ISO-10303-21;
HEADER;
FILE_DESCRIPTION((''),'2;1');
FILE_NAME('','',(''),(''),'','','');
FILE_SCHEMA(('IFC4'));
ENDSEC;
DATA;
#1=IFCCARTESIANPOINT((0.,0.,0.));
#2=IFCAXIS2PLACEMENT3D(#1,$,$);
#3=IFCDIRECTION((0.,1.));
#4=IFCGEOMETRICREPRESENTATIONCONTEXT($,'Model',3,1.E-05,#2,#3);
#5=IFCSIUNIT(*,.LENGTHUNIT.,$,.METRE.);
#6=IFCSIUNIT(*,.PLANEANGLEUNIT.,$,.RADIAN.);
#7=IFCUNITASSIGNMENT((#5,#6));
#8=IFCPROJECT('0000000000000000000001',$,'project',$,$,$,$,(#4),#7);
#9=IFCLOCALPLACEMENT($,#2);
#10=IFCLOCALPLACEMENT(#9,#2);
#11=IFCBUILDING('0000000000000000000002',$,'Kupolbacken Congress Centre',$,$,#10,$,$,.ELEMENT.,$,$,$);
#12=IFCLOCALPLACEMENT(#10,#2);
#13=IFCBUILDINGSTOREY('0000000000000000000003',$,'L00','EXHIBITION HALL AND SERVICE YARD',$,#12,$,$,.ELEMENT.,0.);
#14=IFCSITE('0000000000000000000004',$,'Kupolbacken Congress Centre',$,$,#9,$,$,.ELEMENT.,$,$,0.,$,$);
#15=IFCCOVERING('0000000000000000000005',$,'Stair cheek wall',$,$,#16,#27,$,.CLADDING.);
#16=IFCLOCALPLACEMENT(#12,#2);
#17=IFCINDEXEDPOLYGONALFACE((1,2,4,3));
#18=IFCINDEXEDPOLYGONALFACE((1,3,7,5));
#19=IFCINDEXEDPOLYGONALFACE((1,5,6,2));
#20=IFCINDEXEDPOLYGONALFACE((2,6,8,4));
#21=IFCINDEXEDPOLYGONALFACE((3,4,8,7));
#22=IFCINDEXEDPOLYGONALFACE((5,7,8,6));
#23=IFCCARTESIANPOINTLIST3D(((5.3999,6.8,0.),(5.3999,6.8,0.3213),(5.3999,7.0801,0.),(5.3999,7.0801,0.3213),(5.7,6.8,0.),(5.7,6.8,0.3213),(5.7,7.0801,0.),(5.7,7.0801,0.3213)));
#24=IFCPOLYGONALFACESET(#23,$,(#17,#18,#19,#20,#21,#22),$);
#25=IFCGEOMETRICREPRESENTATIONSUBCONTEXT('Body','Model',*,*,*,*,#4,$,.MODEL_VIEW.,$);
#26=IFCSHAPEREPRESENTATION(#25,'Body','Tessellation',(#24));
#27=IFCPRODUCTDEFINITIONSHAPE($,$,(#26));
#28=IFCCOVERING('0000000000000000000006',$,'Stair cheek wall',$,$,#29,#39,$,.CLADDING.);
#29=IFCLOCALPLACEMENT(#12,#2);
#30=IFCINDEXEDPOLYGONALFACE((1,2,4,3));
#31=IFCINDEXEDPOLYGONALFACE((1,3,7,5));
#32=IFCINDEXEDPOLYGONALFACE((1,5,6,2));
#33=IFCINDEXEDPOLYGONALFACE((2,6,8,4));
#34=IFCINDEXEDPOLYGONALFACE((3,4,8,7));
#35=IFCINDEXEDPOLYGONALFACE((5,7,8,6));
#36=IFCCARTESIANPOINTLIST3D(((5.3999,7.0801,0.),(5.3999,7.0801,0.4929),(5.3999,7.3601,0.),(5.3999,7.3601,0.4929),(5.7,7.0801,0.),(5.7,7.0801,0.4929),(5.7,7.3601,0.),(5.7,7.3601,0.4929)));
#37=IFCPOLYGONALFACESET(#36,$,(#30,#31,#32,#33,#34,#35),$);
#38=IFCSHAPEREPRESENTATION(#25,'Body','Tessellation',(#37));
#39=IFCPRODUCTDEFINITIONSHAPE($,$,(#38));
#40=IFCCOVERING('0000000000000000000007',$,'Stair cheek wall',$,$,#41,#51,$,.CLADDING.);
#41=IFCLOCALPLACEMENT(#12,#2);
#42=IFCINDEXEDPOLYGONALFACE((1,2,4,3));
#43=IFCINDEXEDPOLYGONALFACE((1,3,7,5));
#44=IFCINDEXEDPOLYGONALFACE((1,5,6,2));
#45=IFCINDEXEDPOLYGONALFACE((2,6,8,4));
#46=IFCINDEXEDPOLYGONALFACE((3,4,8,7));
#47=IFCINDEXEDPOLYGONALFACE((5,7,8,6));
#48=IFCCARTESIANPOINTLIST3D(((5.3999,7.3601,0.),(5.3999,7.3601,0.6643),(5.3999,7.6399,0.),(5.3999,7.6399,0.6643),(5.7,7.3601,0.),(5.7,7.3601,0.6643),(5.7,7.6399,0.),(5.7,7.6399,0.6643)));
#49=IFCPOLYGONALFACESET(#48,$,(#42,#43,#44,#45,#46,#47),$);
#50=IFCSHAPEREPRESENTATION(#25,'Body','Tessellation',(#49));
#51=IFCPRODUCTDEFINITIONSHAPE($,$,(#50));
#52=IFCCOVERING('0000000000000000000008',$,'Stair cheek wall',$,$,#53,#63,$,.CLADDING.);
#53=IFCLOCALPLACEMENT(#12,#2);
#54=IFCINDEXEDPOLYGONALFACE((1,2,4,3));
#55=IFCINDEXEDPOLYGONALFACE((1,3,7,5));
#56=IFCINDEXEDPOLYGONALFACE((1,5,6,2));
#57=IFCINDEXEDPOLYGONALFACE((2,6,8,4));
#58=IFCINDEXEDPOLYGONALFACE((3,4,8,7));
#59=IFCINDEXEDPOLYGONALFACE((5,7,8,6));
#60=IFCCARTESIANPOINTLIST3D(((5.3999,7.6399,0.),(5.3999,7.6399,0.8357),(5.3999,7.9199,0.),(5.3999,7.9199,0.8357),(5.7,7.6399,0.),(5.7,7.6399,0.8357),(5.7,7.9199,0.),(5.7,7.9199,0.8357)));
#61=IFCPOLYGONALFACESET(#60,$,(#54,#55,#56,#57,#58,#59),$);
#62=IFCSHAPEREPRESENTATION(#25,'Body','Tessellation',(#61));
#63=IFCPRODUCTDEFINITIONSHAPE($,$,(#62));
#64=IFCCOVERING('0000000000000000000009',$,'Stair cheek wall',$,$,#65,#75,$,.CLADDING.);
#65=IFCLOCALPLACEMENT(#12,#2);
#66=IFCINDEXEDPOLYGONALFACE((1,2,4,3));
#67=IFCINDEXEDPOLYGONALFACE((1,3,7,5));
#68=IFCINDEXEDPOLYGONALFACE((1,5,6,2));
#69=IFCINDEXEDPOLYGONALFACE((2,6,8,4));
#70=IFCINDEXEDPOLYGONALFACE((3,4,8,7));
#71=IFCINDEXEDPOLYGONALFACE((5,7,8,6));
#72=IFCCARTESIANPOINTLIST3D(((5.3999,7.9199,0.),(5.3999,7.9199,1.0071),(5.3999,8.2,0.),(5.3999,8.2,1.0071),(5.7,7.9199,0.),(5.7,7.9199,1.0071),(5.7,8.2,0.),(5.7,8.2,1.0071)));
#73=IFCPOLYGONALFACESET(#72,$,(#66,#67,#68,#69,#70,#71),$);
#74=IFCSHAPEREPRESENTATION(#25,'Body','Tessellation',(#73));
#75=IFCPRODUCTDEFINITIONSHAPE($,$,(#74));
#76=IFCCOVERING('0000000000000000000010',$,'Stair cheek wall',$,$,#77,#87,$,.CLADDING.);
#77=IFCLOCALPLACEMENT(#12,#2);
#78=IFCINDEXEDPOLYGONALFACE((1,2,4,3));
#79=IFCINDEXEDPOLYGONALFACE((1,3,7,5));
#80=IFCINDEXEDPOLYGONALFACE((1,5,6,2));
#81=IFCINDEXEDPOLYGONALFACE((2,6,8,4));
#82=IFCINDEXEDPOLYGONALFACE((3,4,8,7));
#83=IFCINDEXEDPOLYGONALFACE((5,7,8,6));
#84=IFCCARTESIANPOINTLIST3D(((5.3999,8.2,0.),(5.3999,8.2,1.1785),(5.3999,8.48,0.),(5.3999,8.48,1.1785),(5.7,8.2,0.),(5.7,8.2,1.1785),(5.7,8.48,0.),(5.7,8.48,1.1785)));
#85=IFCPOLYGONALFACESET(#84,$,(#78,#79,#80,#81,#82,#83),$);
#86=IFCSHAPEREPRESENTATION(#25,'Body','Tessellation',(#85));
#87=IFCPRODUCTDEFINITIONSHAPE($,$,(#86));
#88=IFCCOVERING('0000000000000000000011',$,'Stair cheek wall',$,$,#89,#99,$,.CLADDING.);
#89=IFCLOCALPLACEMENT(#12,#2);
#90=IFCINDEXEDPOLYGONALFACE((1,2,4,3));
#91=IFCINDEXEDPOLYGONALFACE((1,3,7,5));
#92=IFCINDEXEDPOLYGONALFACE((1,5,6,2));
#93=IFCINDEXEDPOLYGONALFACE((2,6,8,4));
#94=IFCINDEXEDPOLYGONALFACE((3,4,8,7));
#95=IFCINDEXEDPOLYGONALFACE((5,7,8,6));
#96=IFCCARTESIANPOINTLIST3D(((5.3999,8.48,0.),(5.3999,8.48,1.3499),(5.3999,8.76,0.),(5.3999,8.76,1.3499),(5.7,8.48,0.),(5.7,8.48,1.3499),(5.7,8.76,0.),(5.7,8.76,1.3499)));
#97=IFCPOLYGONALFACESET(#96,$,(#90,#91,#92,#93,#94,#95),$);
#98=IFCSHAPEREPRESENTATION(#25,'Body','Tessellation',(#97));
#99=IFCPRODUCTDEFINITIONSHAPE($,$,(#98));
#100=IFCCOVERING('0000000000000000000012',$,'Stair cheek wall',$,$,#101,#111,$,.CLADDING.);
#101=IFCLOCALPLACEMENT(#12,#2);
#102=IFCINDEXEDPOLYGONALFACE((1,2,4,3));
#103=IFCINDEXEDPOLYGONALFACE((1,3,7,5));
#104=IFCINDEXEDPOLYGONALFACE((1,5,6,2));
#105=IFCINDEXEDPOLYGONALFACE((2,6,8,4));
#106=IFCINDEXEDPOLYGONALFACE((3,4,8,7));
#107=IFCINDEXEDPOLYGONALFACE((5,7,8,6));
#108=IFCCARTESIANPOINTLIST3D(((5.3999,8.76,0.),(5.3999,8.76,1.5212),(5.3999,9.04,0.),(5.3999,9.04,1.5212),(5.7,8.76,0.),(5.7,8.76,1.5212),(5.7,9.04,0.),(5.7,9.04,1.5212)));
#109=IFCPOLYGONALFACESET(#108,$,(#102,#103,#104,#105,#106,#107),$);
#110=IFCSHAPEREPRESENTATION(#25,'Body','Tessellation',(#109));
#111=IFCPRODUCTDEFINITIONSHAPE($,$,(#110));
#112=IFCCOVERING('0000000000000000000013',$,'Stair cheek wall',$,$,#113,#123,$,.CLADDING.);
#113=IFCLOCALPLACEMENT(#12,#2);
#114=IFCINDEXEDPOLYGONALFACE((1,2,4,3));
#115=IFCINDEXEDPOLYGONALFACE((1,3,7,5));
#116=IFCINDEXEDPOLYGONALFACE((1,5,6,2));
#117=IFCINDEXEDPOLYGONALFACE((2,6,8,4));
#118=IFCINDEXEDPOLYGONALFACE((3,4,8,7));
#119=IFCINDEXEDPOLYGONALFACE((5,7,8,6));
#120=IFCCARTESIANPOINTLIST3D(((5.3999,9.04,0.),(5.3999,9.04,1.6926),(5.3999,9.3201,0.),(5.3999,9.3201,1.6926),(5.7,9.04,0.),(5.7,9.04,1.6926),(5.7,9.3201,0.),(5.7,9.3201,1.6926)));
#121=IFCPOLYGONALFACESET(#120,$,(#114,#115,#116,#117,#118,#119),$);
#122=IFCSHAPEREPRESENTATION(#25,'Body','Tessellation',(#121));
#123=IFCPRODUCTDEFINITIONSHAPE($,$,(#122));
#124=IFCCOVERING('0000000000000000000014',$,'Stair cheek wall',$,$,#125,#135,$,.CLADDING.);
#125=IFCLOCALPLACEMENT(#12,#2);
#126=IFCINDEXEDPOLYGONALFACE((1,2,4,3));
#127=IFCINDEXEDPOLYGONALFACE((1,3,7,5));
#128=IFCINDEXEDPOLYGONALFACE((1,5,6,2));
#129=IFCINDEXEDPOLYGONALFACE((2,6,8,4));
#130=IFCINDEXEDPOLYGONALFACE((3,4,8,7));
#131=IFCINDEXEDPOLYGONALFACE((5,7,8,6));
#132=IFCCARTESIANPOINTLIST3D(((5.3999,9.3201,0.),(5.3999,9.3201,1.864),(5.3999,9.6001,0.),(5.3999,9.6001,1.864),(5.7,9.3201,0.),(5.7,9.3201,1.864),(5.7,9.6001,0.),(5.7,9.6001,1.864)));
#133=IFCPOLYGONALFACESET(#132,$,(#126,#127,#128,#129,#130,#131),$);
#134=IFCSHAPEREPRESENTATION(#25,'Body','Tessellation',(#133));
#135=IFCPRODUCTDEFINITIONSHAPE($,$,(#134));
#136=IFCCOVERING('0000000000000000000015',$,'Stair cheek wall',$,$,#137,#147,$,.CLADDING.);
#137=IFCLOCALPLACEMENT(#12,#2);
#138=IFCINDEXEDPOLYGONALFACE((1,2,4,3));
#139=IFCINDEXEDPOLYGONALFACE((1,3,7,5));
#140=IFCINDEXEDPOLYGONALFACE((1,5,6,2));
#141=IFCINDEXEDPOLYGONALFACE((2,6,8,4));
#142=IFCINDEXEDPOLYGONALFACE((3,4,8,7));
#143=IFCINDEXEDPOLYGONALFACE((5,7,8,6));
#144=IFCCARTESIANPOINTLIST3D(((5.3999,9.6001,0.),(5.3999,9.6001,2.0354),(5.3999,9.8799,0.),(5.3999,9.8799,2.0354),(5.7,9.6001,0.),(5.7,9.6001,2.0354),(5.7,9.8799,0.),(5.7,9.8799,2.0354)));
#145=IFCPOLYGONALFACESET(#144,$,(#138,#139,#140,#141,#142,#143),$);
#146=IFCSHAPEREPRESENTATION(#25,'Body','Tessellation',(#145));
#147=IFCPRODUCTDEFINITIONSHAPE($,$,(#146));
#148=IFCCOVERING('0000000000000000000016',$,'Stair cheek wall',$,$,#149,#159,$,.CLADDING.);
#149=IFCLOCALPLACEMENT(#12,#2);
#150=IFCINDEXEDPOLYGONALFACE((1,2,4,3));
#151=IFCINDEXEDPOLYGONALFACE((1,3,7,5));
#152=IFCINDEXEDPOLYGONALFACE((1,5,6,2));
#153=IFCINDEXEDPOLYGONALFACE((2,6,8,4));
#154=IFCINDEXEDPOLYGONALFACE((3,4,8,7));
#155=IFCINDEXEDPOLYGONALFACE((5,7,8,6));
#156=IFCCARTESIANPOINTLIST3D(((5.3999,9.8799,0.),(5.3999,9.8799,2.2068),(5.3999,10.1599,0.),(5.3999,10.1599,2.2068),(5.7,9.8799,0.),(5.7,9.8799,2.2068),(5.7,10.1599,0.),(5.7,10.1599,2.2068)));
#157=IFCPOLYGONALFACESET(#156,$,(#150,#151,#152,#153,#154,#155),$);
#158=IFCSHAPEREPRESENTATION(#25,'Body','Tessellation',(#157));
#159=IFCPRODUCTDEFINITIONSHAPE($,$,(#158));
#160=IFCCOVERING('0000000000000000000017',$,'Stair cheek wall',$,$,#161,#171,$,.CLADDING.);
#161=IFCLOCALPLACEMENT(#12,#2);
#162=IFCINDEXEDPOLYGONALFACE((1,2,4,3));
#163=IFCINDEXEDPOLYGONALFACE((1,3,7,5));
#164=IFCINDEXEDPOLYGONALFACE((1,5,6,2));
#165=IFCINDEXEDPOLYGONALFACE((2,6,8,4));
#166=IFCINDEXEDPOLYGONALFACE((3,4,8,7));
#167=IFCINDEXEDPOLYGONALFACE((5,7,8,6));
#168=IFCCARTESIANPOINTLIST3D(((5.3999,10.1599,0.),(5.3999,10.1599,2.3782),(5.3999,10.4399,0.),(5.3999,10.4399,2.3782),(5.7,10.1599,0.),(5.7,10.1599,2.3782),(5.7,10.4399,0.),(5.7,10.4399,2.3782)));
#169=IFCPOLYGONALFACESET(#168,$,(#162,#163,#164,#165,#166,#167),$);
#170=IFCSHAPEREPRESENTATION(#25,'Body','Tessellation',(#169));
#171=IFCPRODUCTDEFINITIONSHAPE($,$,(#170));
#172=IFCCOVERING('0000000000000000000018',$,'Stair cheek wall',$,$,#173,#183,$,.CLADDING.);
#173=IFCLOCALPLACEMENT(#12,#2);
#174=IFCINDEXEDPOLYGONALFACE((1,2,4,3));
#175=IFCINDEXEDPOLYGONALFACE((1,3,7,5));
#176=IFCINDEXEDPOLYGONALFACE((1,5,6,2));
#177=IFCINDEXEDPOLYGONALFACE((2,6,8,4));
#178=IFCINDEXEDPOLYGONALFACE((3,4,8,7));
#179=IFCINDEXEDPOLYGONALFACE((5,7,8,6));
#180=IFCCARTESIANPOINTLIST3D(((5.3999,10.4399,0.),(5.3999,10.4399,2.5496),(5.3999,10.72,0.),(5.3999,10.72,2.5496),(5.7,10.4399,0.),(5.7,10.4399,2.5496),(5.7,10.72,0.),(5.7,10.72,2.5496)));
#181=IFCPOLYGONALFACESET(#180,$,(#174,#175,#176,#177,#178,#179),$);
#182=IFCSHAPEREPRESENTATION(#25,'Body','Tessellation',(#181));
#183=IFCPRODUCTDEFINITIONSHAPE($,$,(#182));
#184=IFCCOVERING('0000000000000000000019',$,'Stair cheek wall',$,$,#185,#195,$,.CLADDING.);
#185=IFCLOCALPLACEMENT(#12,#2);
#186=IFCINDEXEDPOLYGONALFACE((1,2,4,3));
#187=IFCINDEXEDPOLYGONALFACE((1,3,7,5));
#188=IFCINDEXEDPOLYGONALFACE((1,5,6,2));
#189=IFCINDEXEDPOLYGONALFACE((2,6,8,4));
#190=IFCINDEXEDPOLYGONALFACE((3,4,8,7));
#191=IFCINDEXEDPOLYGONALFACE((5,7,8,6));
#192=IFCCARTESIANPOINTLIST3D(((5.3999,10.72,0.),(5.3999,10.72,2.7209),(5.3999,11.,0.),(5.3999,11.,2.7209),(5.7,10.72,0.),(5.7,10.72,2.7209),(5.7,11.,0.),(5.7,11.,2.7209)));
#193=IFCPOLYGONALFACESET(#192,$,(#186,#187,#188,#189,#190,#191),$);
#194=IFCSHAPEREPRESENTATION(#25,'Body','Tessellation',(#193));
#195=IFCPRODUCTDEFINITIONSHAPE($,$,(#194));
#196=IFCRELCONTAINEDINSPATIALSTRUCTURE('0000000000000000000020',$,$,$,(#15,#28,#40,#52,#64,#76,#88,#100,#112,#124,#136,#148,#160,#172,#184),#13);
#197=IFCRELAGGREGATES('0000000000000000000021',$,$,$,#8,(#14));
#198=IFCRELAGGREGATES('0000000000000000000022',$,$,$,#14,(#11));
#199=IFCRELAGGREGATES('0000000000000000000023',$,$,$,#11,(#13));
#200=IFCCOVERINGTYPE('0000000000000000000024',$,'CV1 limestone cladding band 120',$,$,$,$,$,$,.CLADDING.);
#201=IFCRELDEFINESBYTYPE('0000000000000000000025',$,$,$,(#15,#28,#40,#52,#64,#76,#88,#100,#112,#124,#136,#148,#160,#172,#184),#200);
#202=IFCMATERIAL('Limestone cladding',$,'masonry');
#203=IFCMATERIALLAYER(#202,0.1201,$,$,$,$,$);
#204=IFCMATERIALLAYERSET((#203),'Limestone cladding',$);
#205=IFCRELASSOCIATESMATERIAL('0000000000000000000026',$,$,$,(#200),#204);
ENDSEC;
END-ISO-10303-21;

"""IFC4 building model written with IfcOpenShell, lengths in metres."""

from ifc_helpers import new_model, si_unit, direction, origin, place, context, subcontext, project, spatial, polyline, outline, extrude, material, layer, layer_set, type_object, element, save


model = new_model("IFC4")

# Units and contexts
model_context = context("Model", 3, precision=1e-05, world=origin(), true_north=direction((0.0, 1.0)))
body_context = subcontext(model_context, "Body", "Model", "MODEL_VIEW")
ifc_project = project(units=[si_unit("LENGTHUNIT", "METRE"), si_unit("PLANEANGLEUNIT", "RADIAN")], contexts=[model_context])

# Site, building, storey
site_placement = place(None, origin())
site = spatial("IfcSite", under=ifc_project, at=site_placement, Name="Kupolbacken Congress Centre", CompositionType="ELEMENT", RefElevation=0.0)
building_placement = place(site_placement, origin())
building = spatial("IfcBuilding", under=site, at=building_placement, Name="Kupolbacken Congress Centre", CompositionType="ELEMENT")
storey_placement = place(building_placement, origin())
storey = spatial("IfcBuildingStorey", under=building, at=storey_placement, Name="L00", Description="EXHIBITION HALL AND SERVICE YARD", CompositionType="ELEMENT", Elevation=0.0)

# Coverings
ifc_material_1 = material(Name="Limestone cladding", Category="masonry")
ifc_layer_1 = layer(ifc_material_1, 0.1201)
ifc_layer_set_1 = layer_set([ifc_layer_1], Name="Limestone cladding")
covering_type_1 = type_object("IfcCoveringType", Name="CV1 limestone cladding band 120", PredefinedType="CLADDING", material=ifc_layer_set_1)
covering_1_placement = place(storey_placement, origin())
element("IfcCovering", 1, at=covering_1_placement, inside=storey, type_object=covering_type_1, Name="Stair cheek wall", PredefinedType="CLADDING", context=body_context, shape_type="SweptSolid", body=[
    extrude(outline(polyline([(5.3999, 6.8), (5.3999, 7.0801), (5.7, 7.0801), (5.7, 6.8), (5.3999, 6.8)])), origin(), (0.0, 0.0, 1.0), 0.3213),
])
covering_2_placement = place(storey_placement, origin())
element("IfcCovering", 2, at=covering_2_placement, inside=storey, type_object=covering_type_1, Name="Stair cheek wall", PredefinedType="CLADDING", context=body_context, shape_type="SweptSolid", body=[
    extrude(outline(polyline([(5.3999, 7.0801), (5.3999, 7.3601), (5.7, 7.3601), (5.7, 7.0801), (5.3999, 7.0801)])), origin(), (0.0, 0.0, 1.0), 0.4929),
])
covering_3_placement = place(storey_placement, origin())
element("IfcCovering", 3, at=covering_3_placement, inside=storey, type_object=covering_type_1, Name="Stair cheek wall", PredefinedType="CLADDING", context=body_context, shape_type="SweptSolid", body=[
    extrude(outline(polyline([(5.3999, 7.3601), (5.3999, 7.6399), (5.7, 7.6399), (5.7, 7.3601), (5.3999, 7.3601)])), origin(), (0.0, 0.0, 1.0), 0.6643),
])
covering_4_placement = place(storey_placement, origin())
element("IfcCovering", 4, at=covering_4_placement, inside=storey, type_object=covering_type_1, Name="Stair cheek wall", PredefinedType="CLADDING", context=body_context, shape_type="SweptSolid", body=[
    extrude(outline(polyline([(5.3999, 7.6399), (5.3999, 7.9199), (5.7, 7.9199), (5.7, 7.6399), (5.3999, 7.6399)])), origin(), (0.0, 0.0, 1.0), 0.8357),
])
covering_5_placement = place(storey_placement, origin())
element("IfcCovering", 5, at=covering_5_placement, inside=storey, type_object=covering_type_1, Name="Stair cheek wall", PredefinedType="CLADDING", context=body_context, shape_type="SweptSolid", body=[
    extrude(outline(polyline([(5.3999, 7.9199), (5.3999, 8.2), (5.7, 8.2), (5.7, 7.9199), (5.3999, 7.9199)])), origin(), (0.0, 0.0, 1.0), 1.0071),
])
covering_6_placement = place(storey_placement, origin())
element("IfcCovering", 6, at=covering_6_placement, inside=storey, type_object=covering_type_1, Name="Stair cheek wall", PredefinedType="CLADDING", context=body_context, shape_type="SweptSolid", body=[
    extrude(outline(polyline([(5.3999, 8.2), (5.3999, 8.48), (5.7, 8.48), (5.7, 8.2), (5.3999, 8.2)])), origin(), (0.0, 0.0, 1.0), 1.1785),
])
covering_7_placement = place(storey_placement, origin())
element("IfcCovering", 7, at=covering_7_placement, inside=storey, type_object=covering_type_1, Name="Stair cheek wall", PredefinedType="CLADDING", context=body_context, shape_type="SweptSolid", body=[
    extrude(outline(polyline([(5.3999, 8.48), (5.3999, 8.76), (5.7, 8.76), (5.7, 8.48), (5.3999, 8.48)])), origin(), (0.0, 0.0, 1.0), 1.3499),
])
covering_8_placement = place(storey_placement, origin())
element("IfcCovering", 8, at=covering_8_placement, inside=storey, type_object=covering_type_1, Name="Stair cheek wall", PredefinedType="CLADDING", context=body_context, shape_type="SweptSolid", body=[
    extrude(outline(polyline([(5.3999, 8.76), (5.3999, 9.04), (5.7, 9.04), (5.7, 8.76), (5.3999, 8.76)])), origin(), (0.0, 0.0, 1.0), 1.5212),
])
covering_9_placement = place(storey_placement, origin())
element("IfcCovering", 9, at=covering_9_placement, inside=storey, type_object=covering_type_1, Name="Stair cheek wall", PredefinedType="CLADDING", context=body_context, shape_type="SweptSolid", body=[
    extrude(outline(polyline([(5.3999, 9.04), (5.3999, 9.3201), (5.7, 9.3201), (5.7, 9.04), (5.3999, 9.04)])), origin(), (0.0, 0.0, 1.0), 1.6926),
])
covering_10_placement = place(storey_placement, origin())
element("IfcCovering", 10, at=covering_10_placement, inside=storey, type_object=covering_type_1, Name="Stair cheek wall", PredefinedType="CLADDING", context=body_context, shape_type="SweptSolid", body=[
    extrude(outline(polyline([(5.3999, 9.3201), (5.3999, 9.6001), (5.7, 9.6001), (5.7, 9.3201), (5.3999, 9.3201)])), origin(), (0.0, 0.0, 1.0), 1.864),
])
covering_11_placement = place(storey_placement, origin())
element("IfcCovering", 11, at=covering_11_placement, inside=storey, type_object=covering_type_1, Name="Stair cheek wall", PredefinedType="CLADDING", context=body_context, shape_type="SweptSolid", body=[
    extrude(outline(polyline([(5.3999, 9.6001), (5.3999, 9.8799), (5.7, 9.8799), (5.7, 9.6001), (5.3999, 9.6001)])), origin(), (0.0, 0.0, 1.0), 2.0354),
])
covering_12_placement = place(storey_placement, origin())
element("IfcCovering", 12, at=covering_12_placement, inside=storey, type_object=covering_type_1, Name="Stair cheek wall", PredefinedType="CLADDING", context=body_context, shape_type="SweptSolid", body=[
    extrude(outline(polyline([(5.3999, 9.8799), (5.3999, 10.1599), (5.7, 10.1599), (5.7, 9.8799), (5.3999, 9.8799)])), origin(), (0.0, 0.0, 1.0), 2.2068),
])
covering_13_placement = place(storey_placement, origin())
element("IfcCovering", 13, at=covering_13_placement, inside=storey, type_object=covering_type_1, Name="Stair cheek wall", PredefinedType="CLADDING", context=body_context, shape_type="SweptSolid", body=[
    extrude(outline(polyline([(5.3999, 10.1599), (5.3999, 10.4399), (5.7, 10.4399), (5.7, 10.1599), (5.3999, 10.1599)])), origin(), (0.0, 0.0, 1.0), 2.3782),
])
covering_14_placement = place(storey_placement, origin())
element("IfcCovering", 14, at=covering_14_placement, inside=storey, type_object=covering_type_1, Name="Stair cheek wall", PredefinedType="CLADDING", context=body_context, shape_type="SweptSolid", body=[
    extrude(outline(polyline([(5.3999, 10.4399), (5.3999, 10.72), (5.7, 10.72), (5.7, 10.4399), (5.3999, 10.4399)])), origin(), (0.0, 0.0, 1.0), 2.5496),
])
covering_15_placement = place(storey_placement, origin())
element("IfcCovering", 15, at=covering_15_placement, inside=storey, type_object=covering_type_1, Name="Stair cheek wall", PredefinedType="CLADDING", context=body_context, shape_type="SweptSolid", body=[
    extrude(outline(polyline([(5.3999, 10.72), (5.3999, 11.0), (5.7, 11.0), (5.7, 10.72), (5.3999, 10.72)])), origin(), (0.0, 0.0, 1.0), 2.7209),
])

save(model, "model.ifc")
